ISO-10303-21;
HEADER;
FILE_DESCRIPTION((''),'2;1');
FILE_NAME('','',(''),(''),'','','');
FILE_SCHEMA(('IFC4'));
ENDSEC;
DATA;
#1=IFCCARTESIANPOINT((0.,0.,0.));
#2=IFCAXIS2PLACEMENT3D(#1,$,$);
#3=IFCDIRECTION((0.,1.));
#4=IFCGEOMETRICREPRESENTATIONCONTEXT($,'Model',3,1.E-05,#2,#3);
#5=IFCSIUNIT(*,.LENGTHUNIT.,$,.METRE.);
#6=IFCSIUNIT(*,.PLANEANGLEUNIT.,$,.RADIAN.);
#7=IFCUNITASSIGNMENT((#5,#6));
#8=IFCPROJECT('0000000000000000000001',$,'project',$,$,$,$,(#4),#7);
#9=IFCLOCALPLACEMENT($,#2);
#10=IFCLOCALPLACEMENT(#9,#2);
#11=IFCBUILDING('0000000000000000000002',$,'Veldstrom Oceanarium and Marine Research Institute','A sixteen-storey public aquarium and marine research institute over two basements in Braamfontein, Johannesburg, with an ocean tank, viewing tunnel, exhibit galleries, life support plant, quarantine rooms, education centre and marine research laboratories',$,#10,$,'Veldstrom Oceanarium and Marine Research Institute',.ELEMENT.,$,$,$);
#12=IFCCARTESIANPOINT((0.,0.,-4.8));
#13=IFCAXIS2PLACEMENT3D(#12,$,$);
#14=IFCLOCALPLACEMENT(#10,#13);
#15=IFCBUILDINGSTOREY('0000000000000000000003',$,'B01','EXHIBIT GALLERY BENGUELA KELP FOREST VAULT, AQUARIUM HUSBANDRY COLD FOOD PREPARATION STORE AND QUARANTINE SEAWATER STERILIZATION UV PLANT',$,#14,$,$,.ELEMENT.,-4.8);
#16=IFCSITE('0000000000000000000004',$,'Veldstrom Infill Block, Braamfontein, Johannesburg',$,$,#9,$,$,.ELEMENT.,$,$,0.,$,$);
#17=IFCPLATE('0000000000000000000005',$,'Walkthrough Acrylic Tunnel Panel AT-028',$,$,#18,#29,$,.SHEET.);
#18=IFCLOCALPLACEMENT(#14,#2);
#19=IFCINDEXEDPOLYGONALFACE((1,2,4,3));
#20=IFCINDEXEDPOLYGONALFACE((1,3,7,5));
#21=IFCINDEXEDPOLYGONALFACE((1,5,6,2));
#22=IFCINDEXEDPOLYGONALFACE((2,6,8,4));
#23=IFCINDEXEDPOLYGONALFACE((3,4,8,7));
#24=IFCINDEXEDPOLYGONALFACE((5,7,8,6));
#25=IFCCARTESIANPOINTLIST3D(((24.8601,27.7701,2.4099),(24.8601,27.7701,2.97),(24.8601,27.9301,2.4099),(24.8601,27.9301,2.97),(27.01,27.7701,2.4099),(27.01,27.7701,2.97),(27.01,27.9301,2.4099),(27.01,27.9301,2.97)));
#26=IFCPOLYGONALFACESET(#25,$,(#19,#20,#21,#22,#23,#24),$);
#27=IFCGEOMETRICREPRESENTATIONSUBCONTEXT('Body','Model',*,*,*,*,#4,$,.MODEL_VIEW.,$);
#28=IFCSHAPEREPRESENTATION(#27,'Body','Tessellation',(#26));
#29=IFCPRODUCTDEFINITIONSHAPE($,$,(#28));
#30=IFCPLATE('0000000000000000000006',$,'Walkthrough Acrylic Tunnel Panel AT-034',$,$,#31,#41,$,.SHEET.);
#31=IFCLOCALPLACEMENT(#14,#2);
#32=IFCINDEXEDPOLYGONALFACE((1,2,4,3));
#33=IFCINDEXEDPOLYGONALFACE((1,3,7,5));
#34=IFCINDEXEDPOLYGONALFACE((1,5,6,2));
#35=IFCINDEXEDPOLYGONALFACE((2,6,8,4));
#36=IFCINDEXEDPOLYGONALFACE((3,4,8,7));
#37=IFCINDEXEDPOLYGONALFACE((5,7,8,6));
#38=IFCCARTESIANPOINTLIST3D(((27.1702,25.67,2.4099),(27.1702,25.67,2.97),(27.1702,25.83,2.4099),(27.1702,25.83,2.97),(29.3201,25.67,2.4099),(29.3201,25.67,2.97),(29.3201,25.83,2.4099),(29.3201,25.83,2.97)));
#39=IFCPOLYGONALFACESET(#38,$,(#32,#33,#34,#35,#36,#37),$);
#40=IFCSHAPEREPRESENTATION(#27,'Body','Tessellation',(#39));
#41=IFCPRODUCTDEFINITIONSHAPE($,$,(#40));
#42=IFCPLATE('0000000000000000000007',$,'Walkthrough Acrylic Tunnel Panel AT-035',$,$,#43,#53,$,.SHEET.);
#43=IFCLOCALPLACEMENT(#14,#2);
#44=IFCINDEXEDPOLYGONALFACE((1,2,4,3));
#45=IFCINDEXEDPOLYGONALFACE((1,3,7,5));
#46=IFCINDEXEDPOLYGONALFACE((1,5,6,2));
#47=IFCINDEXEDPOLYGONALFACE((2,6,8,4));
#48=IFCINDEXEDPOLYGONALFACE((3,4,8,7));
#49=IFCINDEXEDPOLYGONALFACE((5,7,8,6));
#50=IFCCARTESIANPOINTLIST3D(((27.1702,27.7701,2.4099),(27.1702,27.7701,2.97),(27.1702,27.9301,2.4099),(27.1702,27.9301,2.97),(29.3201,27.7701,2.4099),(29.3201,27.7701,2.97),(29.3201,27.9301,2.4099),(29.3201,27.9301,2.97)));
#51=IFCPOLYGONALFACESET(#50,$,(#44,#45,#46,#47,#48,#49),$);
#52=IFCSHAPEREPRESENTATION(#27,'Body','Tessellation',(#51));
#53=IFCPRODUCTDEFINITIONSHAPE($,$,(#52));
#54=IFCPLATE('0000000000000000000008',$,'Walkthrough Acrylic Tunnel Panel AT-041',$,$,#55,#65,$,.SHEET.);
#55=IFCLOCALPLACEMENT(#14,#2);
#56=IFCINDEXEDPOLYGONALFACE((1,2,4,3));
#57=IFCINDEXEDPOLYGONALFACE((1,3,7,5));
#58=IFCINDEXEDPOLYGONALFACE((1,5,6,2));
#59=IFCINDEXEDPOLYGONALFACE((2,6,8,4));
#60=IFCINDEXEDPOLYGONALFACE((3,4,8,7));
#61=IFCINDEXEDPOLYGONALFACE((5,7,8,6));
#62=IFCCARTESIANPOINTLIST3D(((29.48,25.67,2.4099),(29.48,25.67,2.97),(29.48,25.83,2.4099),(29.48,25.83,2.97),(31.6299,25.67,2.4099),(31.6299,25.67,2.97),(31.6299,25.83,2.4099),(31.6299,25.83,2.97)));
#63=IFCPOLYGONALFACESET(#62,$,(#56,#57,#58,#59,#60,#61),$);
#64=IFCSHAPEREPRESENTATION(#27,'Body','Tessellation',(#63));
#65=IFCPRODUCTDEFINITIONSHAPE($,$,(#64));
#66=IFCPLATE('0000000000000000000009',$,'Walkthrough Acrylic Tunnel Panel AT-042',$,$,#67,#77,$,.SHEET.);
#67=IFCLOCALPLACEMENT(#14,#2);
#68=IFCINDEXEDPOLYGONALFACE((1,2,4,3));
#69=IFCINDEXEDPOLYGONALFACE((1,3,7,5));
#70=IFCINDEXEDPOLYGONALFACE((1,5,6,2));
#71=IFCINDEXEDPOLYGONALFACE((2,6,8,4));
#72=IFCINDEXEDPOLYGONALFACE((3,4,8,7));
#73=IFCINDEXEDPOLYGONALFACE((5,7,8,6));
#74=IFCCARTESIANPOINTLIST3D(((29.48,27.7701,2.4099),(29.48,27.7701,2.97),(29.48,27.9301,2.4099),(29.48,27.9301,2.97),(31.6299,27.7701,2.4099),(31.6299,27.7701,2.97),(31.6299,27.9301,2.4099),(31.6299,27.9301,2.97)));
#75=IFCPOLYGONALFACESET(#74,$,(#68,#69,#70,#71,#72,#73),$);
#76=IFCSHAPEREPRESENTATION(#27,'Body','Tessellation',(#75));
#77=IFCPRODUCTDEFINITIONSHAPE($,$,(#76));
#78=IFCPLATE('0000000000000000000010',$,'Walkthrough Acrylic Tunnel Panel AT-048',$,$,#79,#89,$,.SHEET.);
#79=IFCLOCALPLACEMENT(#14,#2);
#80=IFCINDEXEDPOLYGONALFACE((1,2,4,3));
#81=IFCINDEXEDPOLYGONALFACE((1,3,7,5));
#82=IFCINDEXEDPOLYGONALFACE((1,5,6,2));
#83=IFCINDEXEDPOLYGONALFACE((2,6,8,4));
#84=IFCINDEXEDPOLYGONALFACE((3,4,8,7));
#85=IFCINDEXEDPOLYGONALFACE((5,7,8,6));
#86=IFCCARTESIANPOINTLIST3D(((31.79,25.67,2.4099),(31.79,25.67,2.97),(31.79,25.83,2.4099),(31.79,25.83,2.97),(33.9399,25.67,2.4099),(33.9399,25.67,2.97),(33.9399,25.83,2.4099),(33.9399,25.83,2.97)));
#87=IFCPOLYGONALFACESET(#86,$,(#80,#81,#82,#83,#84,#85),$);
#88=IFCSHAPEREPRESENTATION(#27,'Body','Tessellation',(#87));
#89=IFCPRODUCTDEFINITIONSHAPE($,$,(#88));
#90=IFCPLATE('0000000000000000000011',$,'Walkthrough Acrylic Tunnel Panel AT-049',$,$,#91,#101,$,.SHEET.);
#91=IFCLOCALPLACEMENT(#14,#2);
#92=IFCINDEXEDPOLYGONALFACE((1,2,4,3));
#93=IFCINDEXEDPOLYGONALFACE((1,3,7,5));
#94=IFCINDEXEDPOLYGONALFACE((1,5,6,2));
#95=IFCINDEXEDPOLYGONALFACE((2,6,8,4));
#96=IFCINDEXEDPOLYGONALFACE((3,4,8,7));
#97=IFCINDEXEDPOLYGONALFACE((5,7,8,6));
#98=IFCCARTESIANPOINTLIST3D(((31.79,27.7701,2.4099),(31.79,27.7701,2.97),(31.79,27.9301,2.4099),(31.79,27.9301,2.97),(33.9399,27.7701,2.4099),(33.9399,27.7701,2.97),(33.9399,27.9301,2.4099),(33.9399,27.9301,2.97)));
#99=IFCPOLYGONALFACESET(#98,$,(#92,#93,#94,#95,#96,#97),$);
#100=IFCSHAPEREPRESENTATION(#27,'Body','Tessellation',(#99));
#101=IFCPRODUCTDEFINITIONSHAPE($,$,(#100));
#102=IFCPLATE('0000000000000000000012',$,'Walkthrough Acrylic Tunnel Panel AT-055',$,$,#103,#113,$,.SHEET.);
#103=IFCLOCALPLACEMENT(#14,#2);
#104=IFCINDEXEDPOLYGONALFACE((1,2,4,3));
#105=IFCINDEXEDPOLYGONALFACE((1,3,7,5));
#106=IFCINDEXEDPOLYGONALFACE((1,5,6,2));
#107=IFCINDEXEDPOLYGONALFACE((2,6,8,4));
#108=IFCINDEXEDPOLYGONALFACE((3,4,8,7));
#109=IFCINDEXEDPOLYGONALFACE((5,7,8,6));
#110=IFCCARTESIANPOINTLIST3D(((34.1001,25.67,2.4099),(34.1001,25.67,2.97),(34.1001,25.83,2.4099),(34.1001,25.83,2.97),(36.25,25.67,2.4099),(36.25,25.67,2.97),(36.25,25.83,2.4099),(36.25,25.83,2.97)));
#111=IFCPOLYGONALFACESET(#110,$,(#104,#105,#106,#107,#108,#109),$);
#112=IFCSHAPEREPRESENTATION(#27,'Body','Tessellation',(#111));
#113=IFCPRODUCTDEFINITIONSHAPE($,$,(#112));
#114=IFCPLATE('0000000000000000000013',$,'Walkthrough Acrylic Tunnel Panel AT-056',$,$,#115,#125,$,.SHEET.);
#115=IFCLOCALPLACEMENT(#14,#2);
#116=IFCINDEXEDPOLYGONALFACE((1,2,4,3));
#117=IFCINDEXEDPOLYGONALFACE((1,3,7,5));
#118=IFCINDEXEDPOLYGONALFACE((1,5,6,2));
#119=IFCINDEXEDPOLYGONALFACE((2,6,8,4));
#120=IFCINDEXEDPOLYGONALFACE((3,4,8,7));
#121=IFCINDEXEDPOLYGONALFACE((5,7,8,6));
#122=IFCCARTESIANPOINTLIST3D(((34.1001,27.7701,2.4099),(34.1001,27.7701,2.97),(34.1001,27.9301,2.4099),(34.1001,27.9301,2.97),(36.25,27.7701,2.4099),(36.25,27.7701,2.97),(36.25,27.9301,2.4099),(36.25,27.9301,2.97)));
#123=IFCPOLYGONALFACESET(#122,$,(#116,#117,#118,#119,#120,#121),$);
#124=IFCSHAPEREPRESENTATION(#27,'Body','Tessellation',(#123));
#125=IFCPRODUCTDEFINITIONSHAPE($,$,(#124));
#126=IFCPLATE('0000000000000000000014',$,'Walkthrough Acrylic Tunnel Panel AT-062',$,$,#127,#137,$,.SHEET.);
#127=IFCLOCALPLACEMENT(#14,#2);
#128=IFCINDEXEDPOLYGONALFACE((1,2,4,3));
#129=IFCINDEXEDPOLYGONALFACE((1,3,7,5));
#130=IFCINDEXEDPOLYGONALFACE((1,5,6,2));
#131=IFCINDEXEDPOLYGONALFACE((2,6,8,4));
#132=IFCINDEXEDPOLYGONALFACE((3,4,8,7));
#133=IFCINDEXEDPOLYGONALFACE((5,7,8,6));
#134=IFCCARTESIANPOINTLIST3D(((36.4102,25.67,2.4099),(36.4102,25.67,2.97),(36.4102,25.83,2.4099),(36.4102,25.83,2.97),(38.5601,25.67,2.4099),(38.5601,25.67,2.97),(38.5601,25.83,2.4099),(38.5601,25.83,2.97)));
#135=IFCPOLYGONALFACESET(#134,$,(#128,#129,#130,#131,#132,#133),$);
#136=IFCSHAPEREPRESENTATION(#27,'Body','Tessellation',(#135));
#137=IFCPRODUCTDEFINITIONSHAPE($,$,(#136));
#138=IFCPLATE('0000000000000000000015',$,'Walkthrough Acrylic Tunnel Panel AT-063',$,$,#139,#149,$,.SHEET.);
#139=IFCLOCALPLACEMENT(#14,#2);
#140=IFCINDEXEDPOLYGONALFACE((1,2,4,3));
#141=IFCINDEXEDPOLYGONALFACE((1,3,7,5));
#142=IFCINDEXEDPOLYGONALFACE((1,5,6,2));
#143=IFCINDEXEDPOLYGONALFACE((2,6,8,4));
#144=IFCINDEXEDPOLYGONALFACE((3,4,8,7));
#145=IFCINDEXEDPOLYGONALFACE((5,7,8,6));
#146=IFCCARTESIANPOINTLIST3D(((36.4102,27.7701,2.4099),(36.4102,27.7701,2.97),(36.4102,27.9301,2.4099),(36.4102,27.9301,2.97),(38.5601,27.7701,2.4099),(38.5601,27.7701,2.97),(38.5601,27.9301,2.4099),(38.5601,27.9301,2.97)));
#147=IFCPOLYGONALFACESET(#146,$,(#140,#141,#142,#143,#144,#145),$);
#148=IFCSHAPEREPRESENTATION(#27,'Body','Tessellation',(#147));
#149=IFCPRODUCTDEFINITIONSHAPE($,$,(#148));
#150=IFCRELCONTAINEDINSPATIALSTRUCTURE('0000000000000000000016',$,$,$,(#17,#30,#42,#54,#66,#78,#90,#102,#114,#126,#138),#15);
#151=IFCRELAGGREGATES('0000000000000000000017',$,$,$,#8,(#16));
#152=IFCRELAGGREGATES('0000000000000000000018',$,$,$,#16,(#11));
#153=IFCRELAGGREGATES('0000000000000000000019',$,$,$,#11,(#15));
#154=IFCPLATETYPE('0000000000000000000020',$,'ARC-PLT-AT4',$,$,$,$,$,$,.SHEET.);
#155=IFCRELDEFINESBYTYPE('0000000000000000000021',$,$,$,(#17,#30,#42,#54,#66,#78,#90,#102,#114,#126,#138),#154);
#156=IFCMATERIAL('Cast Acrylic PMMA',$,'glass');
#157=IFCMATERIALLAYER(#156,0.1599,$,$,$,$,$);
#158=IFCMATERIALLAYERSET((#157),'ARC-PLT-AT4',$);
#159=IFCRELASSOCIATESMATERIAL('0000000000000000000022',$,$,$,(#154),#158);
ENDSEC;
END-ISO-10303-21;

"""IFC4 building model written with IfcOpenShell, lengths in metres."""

from ifc_helpers import new_model, si_unit, direction, frame, origin, origin_2d, place, context, subcontext, project, spatial, rectangle, extrude, material, layer, layer_set, type_object, element, save


model = new_model("IFC4")

# Units and contexts
model_context = context("Model", 3, precision=1e-05, world=origin(), true_north=direction((0.0, 1.0)))
body_context = subcontext(model_context, "Body", "Model", "MODEL_VIEW")
ifc_project = project(units=[si_unit("LENGTHUNIT", "METRE"), si_unit("PLANEANGLEUNIT", "RADIAN")], contexts=[model_context])

# Site, building, storey
site_placement = place(None, origin())
site = spatial("IfcSite", under=ifc_project, at=site_placement, Name="Veldstrom Infill Block, Braamfontein, Johannesburg", CompositionType="ELEMENT", RefElevation=0.0)
building_placement = place(site_placement, origin())
building = spatial("IfcBuilding", under=site, at=building_placement, Name="Veldstrom Oceanarium and Marine Research Institute", Description="A sixteen-storey public aquarium and marine research institute over two basements in Braamfontein, Johannesburg, with an ocean tank, viewing tunnel, exhibit galleries, life support plant, quarantine rooms, education centre and marine research laboratories", LongName="Veldstrom Oceanarium and Marine Research Institute", CompositionType="ELEMENT")
storey_placement = place(building_placement, frame((0.0, 0.0, -4.8)))
storey = spatial("IfcBuildingStorey", under=building, at=storey_placement, Name="B01", Description="EXHIBIT GALLERY BENGUELA KELP FOREST VAULT, AQUARIUM HUSBANDRY COLD FOOD PREPARATION STORE AND QUARANTINE SEAWATER STERILIZATION UV PLANT", CompositionType="ELEMENT", Elevation=-4.8)

# Plates
ifc_material_1 = material(Name="Cast Acrylic PMMA", Category="glass")
ifc_layer_1 = layer(ifc_material_1, 0.1599)
ifc_layer_set_1 = layer_set([ifc_layer_1], Name="ARC-PLT-AT4")
plate_type_1 = type_object("IfcPlateType", Name="ARC-PLT-AT4", PredefinedType="SHEET", material=ifc_layer_set_1)
for number, where, z_axis, x_axis, name in (
    (1, (25.9351, 27.8501, 2.4099), (0.0, 0.0, 1.0), (1.0, 0.0, 0.0), "Walkthrough Acrylic Tunnel Panel AT-028"),
    (2, (28.2451, 25.75, 2.4099), (0.0, 0.0, 1.0), (1.0, 0.0, 0.0), "Walkthrough Acrylic Tunnel Panel AT-034"),
    (3, (28.2451, 27.8501, 2.4099), (0.0, 0.0, 1.0), (1.0, 0.0, 0.0), "Walkthrough Acrylic Tunnel Panel AT-035"),
    (4, (30.5549, 25.75, 2.4099), (0.0, 0.0, 1.0), (1.0, 0.0, 0.0), "Walkthrough Acrylic Tunnel Panel AT-041"),
    (5, (30.5549, 27.8501, 2.4099), (0.0, 0.0, 1.0), (1.0, 0.0, 0.0), "Walkthrough Acrylic Tunnel Panel AT-042"),
    (6, (32.865, 25.75, 2.4099), (0.0, 0.0, 1.0), (1.0, 0.0, 0.0), "Walkthrough Acrylic Tunnel Panel AT-048"),
    (7, (32.865, 27.8501, 2.4099), (0.0, 0.0, 1.0), (1.0, 0.0, 0.0), "Walkthrough Acrylic Tunnel Panel AT-049"),
    (8, (35.175, 25.75, 2.4099), (0.0, 0.0, 1.0), (1.0, 0.0, 0.0), "Walkthrough Acrylic Tunnel Panel AT-055"),
    (9, (35.175, 27.8501, 2.4099), (0.0, 0.0, 1.0), (1.0, 0.0, 0.0), "Walkthrough Acrylic Tunnel Panel AT-056"),
    (10, (37.4851, 25.75, 2.4099), (0.0, 0.0, 1.0), (1.0, 0.0, 0.0), "Walkthrough Acrylic Tunnel Panel AT-062"),
    (11, (37.4851, 27.8501, 2.4099), (0.0, 0.0, 1.0), (1.0, 0.0, 0.0), "Walkthrough Acrylic Tunnel Panel AT-063"),
):
    element("IfcPlate", number, at=place(storey_placement, frame(where, z_axis=z_axis, x_axis=x_axis)), inside=storey, type_object=plate_type_1, Name=name, PredefinedType="SHEET", context=body_context, shape_type="SweptSolid", body=[
        extrude(rectangle(XDim=2.1499, YDim=0.1599, at=origin_2d()), origin(), (0.0, 0.0, 1.0), 0.5601),
    ])

save(model, "model.ifc")
